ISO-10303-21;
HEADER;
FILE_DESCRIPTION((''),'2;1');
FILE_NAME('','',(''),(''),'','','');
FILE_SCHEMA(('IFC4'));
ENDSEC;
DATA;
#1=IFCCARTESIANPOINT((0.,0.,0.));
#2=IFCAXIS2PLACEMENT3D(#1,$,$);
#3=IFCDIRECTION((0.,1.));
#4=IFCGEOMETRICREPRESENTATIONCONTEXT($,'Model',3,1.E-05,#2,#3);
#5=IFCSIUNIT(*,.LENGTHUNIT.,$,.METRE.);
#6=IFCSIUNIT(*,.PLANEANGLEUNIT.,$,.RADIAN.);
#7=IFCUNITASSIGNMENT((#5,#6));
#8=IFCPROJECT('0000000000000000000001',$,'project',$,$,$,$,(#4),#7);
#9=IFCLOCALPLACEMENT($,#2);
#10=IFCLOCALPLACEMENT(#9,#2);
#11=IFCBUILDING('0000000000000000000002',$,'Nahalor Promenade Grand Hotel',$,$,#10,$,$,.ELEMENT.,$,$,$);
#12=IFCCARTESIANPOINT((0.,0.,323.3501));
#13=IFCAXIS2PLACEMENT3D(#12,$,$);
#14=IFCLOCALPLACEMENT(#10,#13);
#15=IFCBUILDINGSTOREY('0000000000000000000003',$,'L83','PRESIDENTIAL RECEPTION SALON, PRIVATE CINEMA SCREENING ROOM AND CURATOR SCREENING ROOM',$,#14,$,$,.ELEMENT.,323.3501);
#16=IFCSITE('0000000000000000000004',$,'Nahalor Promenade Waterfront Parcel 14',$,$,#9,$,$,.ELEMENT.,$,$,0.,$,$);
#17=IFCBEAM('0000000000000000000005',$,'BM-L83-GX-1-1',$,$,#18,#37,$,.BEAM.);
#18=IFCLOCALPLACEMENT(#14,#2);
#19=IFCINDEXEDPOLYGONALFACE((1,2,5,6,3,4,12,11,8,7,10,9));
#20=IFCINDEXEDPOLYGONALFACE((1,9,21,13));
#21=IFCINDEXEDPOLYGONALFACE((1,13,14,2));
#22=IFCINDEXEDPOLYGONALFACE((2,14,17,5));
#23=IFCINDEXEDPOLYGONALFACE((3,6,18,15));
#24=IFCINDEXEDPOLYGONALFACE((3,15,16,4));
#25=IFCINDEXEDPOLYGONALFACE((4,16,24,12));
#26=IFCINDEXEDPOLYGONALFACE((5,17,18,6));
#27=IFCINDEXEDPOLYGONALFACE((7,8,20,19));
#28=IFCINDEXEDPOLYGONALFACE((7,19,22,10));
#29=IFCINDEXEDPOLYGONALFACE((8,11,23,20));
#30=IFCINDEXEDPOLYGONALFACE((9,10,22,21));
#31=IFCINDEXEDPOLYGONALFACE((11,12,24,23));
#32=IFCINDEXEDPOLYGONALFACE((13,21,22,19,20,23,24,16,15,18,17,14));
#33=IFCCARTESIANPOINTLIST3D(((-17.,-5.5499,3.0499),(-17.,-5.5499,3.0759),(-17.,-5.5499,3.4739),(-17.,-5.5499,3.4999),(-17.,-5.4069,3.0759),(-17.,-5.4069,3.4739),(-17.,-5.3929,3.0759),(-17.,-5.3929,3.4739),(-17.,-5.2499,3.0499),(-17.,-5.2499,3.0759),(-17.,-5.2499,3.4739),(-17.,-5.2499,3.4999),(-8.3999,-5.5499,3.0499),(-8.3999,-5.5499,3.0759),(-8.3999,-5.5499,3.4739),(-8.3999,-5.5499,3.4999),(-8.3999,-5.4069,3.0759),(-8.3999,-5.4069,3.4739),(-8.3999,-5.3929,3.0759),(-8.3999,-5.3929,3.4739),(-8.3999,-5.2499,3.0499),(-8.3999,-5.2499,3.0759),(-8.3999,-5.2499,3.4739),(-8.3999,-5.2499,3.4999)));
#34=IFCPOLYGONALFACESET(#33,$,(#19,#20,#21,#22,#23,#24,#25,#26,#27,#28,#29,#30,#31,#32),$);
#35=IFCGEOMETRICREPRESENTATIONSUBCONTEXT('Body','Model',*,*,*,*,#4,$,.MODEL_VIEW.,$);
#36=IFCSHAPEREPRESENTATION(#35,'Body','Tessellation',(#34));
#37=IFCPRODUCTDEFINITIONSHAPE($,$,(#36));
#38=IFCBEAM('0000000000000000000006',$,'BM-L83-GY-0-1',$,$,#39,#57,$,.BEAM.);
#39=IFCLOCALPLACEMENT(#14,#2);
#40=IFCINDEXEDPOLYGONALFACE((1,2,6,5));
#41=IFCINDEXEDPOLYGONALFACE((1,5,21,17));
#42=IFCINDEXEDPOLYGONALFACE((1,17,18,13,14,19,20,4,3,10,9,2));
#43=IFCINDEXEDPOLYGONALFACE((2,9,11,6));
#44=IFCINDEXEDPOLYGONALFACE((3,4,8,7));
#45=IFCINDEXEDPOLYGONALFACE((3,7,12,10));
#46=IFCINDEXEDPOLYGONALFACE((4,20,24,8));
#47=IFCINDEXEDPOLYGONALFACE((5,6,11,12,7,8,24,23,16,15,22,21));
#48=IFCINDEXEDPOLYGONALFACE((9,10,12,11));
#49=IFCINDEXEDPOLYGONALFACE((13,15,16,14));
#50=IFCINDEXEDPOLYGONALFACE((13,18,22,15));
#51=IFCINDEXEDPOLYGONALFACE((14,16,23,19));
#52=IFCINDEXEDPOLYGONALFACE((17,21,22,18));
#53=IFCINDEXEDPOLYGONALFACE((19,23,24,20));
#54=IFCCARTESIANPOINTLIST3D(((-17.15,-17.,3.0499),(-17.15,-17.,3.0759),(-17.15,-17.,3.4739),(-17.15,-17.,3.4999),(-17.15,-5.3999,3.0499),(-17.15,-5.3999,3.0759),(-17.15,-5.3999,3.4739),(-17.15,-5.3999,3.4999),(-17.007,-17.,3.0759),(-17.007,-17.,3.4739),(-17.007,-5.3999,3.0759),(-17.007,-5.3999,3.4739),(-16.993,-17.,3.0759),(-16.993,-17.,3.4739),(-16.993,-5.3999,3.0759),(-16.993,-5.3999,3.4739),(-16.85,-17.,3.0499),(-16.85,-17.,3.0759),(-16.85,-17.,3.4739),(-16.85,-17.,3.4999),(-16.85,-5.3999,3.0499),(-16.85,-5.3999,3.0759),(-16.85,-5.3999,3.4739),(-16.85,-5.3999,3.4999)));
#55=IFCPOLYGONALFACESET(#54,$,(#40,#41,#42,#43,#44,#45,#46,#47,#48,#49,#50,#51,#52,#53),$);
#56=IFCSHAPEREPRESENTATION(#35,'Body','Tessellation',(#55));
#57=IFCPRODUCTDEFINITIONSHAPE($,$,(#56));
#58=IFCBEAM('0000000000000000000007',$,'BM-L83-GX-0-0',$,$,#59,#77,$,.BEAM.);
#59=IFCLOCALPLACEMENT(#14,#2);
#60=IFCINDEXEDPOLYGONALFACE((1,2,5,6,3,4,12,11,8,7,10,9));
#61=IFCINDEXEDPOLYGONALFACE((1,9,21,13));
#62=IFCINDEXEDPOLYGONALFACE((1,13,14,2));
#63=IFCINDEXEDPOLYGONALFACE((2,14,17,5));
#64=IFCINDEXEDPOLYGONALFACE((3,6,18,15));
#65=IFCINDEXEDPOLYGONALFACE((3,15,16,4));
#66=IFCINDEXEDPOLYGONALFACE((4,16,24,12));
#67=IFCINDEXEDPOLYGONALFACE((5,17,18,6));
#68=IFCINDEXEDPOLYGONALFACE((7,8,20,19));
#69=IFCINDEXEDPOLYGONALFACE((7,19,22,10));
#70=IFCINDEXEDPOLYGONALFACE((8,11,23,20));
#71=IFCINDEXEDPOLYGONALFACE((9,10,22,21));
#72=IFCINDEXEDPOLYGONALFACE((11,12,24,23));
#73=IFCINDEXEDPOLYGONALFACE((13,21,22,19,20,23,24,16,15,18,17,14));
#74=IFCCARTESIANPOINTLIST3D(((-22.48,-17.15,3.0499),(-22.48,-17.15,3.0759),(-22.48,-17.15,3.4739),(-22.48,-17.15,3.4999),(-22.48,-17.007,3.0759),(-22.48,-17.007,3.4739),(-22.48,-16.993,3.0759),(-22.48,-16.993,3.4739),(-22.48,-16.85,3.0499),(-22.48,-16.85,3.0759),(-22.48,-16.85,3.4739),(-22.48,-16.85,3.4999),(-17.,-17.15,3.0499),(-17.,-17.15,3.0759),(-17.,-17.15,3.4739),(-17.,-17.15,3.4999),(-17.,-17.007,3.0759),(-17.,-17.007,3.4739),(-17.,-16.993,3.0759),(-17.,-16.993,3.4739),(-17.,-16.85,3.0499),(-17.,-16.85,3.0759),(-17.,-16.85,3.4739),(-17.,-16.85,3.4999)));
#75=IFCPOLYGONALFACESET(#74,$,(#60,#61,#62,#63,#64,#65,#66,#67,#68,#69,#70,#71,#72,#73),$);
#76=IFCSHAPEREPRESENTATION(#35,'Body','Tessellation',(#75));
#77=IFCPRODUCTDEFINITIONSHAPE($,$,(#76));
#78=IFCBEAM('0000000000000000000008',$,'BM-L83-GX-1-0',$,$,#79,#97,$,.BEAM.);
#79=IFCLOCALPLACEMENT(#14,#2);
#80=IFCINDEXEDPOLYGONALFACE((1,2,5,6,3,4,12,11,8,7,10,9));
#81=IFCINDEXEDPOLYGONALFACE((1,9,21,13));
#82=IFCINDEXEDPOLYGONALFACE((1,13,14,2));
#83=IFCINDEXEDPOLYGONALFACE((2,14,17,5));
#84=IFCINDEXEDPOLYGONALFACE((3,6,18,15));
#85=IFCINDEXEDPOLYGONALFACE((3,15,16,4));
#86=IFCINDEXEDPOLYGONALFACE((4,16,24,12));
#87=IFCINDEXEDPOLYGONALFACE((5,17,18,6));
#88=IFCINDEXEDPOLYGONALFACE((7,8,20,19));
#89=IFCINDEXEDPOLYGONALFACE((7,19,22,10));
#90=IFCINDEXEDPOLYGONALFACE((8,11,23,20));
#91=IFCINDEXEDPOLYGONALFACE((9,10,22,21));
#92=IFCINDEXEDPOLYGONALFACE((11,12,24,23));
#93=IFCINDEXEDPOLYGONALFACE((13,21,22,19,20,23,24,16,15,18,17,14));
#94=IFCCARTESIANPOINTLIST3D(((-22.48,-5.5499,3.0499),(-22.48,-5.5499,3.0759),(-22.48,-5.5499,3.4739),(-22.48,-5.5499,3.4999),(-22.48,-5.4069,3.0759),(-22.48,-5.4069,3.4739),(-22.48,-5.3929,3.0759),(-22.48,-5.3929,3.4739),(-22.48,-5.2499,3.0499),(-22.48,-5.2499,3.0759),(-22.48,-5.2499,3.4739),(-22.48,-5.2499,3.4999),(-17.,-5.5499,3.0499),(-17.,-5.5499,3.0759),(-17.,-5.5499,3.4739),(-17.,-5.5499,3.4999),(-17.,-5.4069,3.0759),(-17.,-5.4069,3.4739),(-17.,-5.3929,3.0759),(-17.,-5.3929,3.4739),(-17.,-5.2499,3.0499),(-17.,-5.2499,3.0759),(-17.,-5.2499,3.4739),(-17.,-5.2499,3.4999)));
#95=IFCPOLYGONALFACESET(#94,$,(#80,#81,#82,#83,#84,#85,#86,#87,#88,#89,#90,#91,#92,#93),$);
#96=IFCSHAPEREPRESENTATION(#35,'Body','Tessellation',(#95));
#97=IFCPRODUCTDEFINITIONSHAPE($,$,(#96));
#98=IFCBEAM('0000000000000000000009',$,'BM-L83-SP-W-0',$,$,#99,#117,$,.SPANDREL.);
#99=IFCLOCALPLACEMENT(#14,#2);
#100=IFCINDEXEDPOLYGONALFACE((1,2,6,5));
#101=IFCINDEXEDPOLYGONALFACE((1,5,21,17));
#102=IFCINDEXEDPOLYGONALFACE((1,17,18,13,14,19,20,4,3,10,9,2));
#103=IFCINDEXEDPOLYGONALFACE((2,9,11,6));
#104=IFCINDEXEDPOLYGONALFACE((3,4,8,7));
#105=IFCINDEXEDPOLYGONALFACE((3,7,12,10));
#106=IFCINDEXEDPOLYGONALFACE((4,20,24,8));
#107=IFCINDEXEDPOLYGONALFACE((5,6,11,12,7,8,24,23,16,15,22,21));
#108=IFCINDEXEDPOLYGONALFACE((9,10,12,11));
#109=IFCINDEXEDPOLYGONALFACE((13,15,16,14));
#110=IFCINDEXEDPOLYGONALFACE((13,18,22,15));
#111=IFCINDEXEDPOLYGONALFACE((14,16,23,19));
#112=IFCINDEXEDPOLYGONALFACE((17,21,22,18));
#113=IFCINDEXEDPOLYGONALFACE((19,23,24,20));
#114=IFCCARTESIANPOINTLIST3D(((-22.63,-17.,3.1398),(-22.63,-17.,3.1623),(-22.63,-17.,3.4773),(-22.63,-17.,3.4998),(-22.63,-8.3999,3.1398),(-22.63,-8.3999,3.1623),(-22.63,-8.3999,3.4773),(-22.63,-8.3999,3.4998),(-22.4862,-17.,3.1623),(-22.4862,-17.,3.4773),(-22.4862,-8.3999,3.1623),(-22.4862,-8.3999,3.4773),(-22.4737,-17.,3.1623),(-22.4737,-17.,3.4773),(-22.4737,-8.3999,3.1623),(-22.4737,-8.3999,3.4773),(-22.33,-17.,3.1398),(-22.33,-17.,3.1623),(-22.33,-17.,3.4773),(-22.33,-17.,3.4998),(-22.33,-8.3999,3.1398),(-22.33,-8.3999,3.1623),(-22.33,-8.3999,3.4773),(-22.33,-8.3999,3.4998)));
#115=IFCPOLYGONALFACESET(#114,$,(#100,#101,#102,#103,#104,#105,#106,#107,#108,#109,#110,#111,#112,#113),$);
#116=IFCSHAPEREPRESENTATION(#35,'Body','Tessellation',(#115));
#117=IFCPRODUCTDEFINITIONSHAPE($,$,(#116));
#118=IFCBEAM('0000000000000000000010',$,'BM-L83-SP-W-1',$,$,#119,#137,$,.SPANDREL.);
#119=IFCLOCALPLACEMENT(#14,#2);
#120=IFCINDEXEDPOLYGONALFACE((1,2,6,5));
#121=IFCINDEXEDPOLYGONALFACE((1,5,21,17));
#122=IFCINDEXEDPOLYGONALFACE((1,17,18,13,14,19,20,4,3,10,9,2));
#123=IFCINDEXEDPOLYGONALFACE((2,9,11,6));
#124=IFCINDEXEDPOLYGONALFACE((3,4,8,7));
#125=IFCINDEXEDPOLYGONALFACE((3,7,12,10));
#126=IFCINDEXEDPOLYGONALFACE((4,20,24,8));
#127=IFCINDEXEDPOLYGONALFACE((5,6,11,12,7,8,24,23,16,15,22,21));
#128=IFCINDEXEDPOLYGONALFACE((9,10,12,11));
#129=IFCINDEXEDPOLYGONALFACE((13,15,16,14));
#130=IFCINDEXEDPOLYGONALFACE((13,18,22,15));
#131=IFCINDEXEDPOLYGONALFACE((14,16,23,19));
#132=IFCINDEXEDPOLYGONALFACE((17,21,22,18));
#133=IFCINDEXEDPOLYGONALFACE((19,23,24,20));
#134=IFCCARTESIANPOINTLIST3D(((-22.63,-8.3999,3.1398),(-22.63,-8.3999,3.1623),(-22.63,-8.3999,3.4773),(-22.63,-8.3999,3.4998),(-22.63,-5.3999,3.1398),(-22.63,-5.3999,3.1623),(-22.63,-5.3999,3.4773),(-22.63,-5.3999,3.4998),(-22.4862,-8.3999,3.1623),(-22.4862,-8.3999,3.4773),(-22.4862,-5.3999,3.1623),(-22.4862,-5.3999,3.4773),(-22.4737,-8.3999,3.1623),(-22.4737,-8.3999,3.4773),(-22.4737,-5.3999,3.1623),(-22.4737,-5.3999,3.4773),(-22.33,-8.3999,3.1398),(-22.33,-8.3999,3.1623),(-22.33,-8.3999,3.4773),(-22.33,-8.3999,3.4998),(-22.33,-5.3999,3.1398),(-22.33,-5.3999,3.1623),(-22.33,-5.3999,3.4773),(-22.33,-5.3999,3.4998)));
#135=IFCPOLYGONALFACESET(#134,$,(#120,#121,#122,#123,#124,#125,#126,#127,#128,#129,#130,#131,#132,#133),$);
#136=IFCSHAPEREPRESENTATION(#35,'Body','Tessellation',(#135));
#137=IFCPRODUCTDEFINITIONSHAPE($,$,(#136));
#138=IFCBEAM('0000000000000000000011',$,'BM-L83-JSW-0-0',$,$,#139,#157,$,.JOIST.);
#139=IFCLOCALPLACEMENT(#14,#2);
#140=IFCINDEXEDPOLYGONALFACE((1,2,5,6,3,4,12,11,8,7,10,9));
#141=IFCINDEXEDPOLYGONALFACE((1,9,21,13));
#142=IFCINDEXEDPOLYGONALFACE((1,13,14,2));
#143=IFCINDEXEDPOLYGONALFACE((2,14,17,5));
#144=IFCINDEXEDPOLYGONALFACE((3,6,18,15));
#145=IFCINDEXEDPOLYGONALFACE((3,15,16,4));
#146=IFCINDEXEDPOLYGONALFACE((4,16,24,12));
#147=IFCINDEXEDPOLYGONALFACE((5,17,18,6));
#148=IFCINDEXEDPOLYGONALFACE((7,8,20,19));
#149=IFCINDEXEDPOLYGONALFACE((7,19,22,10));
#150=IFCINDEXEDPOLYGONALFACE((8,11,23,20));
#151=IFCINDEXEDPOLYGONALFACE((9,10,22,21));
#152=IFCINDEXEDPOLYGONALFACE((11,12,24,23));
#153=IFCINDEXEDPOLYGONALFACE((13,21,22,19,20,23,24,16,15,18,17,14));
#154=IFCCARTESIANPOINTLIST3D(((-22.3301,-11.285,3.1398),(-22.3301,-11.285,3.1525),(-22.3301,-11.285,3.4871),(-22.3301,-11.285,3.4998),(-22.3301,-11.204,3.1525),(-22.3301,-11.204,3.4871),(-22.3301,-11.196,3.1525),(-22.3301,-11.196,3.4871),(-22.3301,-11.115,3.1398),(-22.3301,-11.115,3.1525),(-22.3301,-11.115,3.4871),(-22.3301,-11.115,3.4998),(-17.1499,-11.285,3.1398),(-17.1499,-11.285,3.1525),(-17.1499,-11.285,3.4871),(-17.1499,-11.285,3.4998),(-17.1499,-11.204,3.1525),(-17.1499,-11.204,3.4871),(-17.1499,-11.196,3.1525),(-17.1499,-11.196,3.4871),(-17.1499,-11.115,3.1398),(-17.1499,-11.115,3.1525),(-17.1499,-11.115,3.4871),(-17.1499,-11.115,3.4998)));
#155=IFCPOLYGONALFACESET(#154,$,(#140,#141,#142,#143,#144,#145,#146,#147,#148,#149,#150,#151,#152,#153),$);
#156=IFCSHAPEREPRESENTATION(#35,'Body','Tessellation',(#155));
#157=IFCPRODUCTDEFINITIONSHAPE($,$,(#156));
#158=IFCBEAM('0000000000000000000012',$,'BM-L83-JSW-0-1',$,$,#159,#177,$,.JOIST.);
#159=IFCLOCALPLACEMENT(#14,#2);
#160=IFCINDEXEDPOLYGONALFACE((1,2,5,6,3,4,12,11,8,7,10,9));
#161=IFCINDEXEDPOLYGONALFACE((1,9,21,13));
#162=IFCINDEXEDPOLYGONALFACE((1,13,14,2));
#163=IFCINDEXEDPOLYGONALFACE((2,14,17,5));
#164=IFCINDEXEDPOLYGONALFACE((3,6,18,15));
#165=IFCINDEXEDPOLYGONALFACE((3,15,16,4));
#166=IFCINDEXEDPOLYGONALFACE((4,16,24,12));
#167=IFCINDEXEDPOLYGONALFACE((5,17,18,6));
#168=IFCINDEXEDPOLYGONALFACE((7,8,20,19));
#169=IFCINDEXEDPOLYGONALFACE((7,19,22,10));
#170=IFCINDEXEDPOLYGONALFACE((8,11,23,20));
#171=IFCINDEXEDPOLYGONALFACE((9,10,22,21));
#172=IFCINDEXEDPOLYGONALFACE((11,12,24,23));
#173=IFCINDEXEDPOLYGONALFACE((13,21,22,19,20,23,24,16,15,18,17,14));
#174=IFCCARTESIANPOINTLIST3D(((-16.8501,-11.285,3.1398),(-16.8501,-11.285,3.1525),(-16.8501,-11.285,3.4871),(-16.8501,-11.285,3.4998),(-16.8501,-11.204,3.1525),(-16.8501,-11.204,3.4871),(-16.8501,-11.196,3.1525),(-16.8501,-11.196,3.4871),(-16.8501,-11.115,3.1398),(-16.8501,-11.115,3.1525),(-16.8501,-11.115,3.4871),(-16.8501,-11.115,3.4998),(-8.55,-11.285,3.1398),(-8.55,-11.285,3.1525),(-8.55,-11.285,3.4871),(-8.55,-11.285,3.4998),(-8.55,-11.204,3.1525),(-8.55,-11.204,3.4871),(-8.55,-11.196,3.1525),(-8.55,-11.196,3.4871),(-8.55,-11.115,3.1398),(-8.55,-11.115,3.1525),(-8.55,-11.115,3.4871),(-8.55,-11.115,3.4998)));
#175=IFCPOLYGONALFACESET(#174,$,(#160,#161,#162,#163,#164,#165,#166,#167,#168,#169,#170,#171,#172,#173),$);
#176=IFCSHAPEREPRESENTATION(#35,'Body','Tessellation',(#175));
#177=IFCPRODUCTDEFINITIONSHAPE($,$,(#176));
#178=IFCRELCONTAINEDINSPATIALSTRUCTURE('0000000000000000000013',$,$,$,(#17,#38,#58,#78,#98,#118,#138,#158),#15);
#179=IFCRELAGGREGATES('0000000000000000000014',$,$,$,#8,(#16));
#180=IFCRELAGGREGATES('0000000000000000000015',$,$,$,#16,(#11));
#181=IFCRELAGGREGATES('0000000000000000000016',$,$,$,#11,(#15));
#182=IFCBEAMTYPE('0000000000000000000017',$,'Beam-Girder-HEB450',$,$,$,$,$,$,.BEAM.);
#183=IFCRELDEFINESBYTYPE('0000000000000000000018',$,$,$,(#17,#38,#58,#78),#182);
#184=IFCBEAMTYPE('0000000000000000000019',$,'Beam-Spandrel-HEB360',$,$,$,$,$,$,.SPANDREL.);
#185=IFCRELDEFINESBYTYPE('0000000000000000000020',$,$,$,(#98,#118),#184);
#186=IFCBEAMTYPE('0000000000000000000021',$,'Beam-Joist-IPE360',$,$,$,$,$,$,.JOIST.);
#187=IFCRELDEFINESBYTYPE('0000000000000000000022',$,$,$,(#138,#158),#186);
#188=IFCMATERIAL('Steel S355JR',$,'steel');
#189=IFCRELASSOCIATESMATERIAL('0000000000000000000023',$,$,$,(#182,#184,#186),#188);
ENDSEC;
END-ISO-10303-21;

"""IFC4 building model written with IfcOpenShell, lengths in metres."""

from ifc_helpers import new_model, si_unit, direction, frame, origin, origin_2d, place, context, subcontext, project, spatial, i_section, extrude, source, transform, mapped, material, material_profile, profile_set, type_object, element, save


model = new_model("IFC4")

# Units and contexts
model_context = context("Model", 3, precision=1e-05, world=origin(), true_north=direction((0.0, 1.0)))
body_context = subcontext(model_context, "Body", "Model", "MODEL_VIEW")
ifc_project = project(units=[si_unit("LENGTHUNIT", "METRE"), si_unit("PLANEANGLEUNIT", "RADIAN")], contexts=[model_context])

# Site, building, storey
site_placement = place(None, origin())
site = spatial("IfcSite", under=ifc_project, at=site_placement, Name="Nahalor Promenade Waterfront Parcel 14", CompositionType="ELEMENT", RefElevation=0.0)
building_placement = place(site_placement, origin())
building = spatial("IfcBuilding", under=site, at=building_placement, Name="Nahalor Promenade Grand Hotel", CompositionType="ELEMENT")
storey_placement = place(building_placement, frame((0.0, 0.0, 323.3501)))
storey = spatial("IfcBuildingStorey", under=building, at=storey_placement, Name="L83", Description="PRESIDENTIAL RECEPTION SALON, PRIVATE CINEMA SCREENING ROOM AND CURATOR SCREENING ROOM", CompositionType="ELEMENT", Elevation=323.3501)

# Shared definitions
ifc_material_1 = material(Name="Steel S355JR", Category="steel")

# Beams
ifc_material_profile_1 = material_profile(ifc_material_1, i_section(OverallWidth=0.3, OverallDepth=0.45, WebThickness=0.014, FlangeThickness=0.026, at=origin_2d()), Name="HEB 450")
ifc_profile_set_1 = profile_set([ifc_material_profile_1], Name="Steel S355JR")
beam_type_1 = type_object("IfcBeamType", Name="Beam-Girder-HEB450", PredefinedType="BEAM", material=ifc_profile_set_1)
shared_shape_1 = source(origin(), body_context, "Body", "SweptSolid", [
    extrude(i_section(OverallWidth=0.3, OverallDepth=0.45, WebThickness=0.014, FlangeThickness=0.026, at=origin_2d()), origin(), (0.0, 0.0, 1.0), 8.6001),
])
for number, where, z_axis, x_axis, name in (
    (1, (-17.0, -5.3999, 3.2749), (1.0, 0.0, 0.0), (0.0, 1.0, 0.0), "BM-L83-GX-1-1"),
):
    element("IfcBeam", number, at=place(storey_placement, frame(where, z_axis=z_axis, x_axis=x_axis)), inside=storey, type_object=beam_type_1, Name=name, PredefinedType="BEAM", context=body_context, shape_type="MappedRepresentation", body=[
        mapped(shared_shape_1, transform((0.0, 0.0, 0.0), scale=1.0)),
    ])
shared_shape_2 = source(origin(), body_context, "Body", "SweptSolid", [
    extrude(i_section(OverallWidth=0.3, OverallDepth=0.45, WebThickness=0.014, FlangeThickness=0.026, at=origin_2d()), origin(), (0.0, 0.0, 1.0), 11.6001),
])
beam_1_placement = place(storey_placement, frame((-17.0, -17.0, 3.2749), z_axis=(0.0, 1.0, 0.0), x_axis=(-1.0, 0.0, 0.0)))
element("IfcBeam", 2, at=beam_1_placement, inside=storey, type_object=beam_type_1, Name="BM-L83-GY-0-1", PredefinedType="BEAM", context=body_context, shape_type="MappedRepresentation", body=[
    mapped(shared_shape_2, transform((0.0, 0.0, 0.0), scale=1.0)),
])
shared_shape_3 = source(origin(), body_context, "Body", "SweptSolid", [
    extrude(i_section(OverallWidth=0.3, OverallDepth=0.45, WebThickness=0.014, FlangeThickness=0.026, at=origin_2d()), origin(), (0.0, 0.0, 1.0), 5.48),
])
for number, where, z_axis, x_axis, name in (
    (3, (-22.48, -17.0, 3.2749), (1.0, 0.0, 0.0), (0.0, 1.0, 0.0), "BM-L83-GX-0-0"),
    (4, (-22.48, -5.3999, 3.2749), (1.0, 0.0, 0.0), (0.0, 1.0, 0.0), "BM-L83-GX-1-0"),
):
    element("IfcBeam", number, at=place(storey_placement, frame(where, z_axis=z_axis, x_axis=x_axis)), inside=storey, type_object=beam_type_1, Name=name, PredefinedType="BEAM", context=body_context, shape_type="MappedRepresentation", body=[
        mapped(shared_shape_3, transform((0.0, 0.0, 0.0), scale=1.0)),
    ])
ifc_material_profile_2 = material_profile(ifc_material_1, i_section(OverallWidth=0.3, OverallDepth=0.36, WebThickness=0.0125, FlangeThickness=0.0225, at=origin_2d()), Name="HEB 360")
ifc_profile_set_2 = profile_set([ifc_material_profile_2], Name="Steel S355JR")
beam_type_2 = type_object("IfcBeamType", Name="Beam-Spandrel-HEB360", PredefinedType="SPANDREL", material=ifc_profile_set_2)
shared_shape_4 = source(origin(), body_context, "Body", "SweptSolid", [
    extrude(i_section(OverallWidth=0.3, OverallDepth=0.36, WebThickness=0.0125, FlangeThickness=0.0225, at=origin_2d()), origin(), (0.0, 0.0, 1.0), 8.6001),
])
beam_2_placement = place(storey_placement, frame((-22.48, -17.0, 3.3198), z_axis=(0.0, 1.0, 0.0), x_axis=(-1.0, 0.0, 0.0)))
element("IfcBeam", 5, at=beam_2_placement, inside=storey, type_object=beam_type_2, Name="BM-L83-SP-W-0", PredefinedType="SPANDREL", context=body_context, shape_type="MappedRepresentation", body=[
    mapped(shared_shape_4, transform((0.0, 0.0, 0.0), scale=1.0)),
])
shared_shape_5 = source(origin(), body_context, "Body", "SweptSolid", [
    extrude(i_section(OverallWidth=0.3, OverallDepth=0.36, WebThickness=0.0125, FlangeThickness=0.0225, at=origin_2d()), origin(), (0.0, 0.0, 1.0), 3.0),
])
beam_3_placement = place(storey_placement, frame((-22.48, -8.3999, 3.3198), z_axis=(0.0, 1.0, 0.0), x_axis=(-1.0, 0.0, 0.0)))
element("IfcBeam", 6, at=beam_3_placement, inside=storey, type_object=beam_type_2, Name="BM-L83-SP-W-1", PredefinedType="SPANDREL", context=body_context, shape_type="MappedRepresentation", body=[
    mapped(shared_shape_5, transform((0.0, 0.0, 0.0), scale=1.0)),
])
ifc_material_profile_3 = material_profile(ifc_material_1, i_section(OverallWidth=0.17, OverallDepth=0.36, WebThickness=0.008, FlangeThickness=0.0127, at=origin_2d()), Name="IPE 360")
ifc_profile_set_3 = profile_set([ifc_material_profile_3], Name="Steel S355JR")
beam_type_3 = type_object("IfcBeamType", Name="Beam-Joist-IPE360", PredefinedType="JOIST", material=ifc_profile_set_3)
shared_shape_6 = source(origin(), body_context, "Body", "SweptSolid", [
    extrude(i_section(OverallWidth=0.17, OverallDepth=0.36, WebThickness=0.008, FlangeThickness=0.0127, at=origin_2d()), origin(), (0.0, 0.0, 1.0), 5.1802),
])
beam_4_placement = place(storey_placement, frame((-22.3301, -11.2, 3.3198), z_axis=(1.0, 0.0, 0.0), x_axis=(0.0, 1.0, 0.0)))
element("IfcBeam", 7, at=beam_4_placement, inside=storey, type_object=beam_type_3, Name="BM-L83-JSW-0-0", PredefinedType="JOIST", context=body_context, shape_type="MappedRepresentation", body=[
    mapped(shared_shape_6, transform((0.0, 0.0, 0.0), scale=1.0)),
])
shared_shape_7 = source(origin(), body_context, "Body", "SweptSolid", [
    extrude(i_section(OverallWidth=0.17, OverallDepth=0.36, WebThickness=0.008, FlangeThickness=0.0127, at=origin_2d()), origin(), (0.0, 0.0, 1.0), 8.3),
])
beam_5_placement = place(storey_placement, frame((-16.8501, -11.2, 3.3198), z_axis=(1.0, 0.0, 0.0), x_axis=(0.0, 1.0, 0.0)))
element("IfcBeam", 8, at=beam_5_placement, inside=storey, type_object=beam_type_3, Name="BM-L83-JSW-0-1", PredefinedType="JOIST", context=body_context, shape_type="MappedRepresentation", body=[
    mapped(shared_shape_7, transform((0.0, 0.0, 0.0), scale=1.0)),
])

save(model, "model.ifc")
